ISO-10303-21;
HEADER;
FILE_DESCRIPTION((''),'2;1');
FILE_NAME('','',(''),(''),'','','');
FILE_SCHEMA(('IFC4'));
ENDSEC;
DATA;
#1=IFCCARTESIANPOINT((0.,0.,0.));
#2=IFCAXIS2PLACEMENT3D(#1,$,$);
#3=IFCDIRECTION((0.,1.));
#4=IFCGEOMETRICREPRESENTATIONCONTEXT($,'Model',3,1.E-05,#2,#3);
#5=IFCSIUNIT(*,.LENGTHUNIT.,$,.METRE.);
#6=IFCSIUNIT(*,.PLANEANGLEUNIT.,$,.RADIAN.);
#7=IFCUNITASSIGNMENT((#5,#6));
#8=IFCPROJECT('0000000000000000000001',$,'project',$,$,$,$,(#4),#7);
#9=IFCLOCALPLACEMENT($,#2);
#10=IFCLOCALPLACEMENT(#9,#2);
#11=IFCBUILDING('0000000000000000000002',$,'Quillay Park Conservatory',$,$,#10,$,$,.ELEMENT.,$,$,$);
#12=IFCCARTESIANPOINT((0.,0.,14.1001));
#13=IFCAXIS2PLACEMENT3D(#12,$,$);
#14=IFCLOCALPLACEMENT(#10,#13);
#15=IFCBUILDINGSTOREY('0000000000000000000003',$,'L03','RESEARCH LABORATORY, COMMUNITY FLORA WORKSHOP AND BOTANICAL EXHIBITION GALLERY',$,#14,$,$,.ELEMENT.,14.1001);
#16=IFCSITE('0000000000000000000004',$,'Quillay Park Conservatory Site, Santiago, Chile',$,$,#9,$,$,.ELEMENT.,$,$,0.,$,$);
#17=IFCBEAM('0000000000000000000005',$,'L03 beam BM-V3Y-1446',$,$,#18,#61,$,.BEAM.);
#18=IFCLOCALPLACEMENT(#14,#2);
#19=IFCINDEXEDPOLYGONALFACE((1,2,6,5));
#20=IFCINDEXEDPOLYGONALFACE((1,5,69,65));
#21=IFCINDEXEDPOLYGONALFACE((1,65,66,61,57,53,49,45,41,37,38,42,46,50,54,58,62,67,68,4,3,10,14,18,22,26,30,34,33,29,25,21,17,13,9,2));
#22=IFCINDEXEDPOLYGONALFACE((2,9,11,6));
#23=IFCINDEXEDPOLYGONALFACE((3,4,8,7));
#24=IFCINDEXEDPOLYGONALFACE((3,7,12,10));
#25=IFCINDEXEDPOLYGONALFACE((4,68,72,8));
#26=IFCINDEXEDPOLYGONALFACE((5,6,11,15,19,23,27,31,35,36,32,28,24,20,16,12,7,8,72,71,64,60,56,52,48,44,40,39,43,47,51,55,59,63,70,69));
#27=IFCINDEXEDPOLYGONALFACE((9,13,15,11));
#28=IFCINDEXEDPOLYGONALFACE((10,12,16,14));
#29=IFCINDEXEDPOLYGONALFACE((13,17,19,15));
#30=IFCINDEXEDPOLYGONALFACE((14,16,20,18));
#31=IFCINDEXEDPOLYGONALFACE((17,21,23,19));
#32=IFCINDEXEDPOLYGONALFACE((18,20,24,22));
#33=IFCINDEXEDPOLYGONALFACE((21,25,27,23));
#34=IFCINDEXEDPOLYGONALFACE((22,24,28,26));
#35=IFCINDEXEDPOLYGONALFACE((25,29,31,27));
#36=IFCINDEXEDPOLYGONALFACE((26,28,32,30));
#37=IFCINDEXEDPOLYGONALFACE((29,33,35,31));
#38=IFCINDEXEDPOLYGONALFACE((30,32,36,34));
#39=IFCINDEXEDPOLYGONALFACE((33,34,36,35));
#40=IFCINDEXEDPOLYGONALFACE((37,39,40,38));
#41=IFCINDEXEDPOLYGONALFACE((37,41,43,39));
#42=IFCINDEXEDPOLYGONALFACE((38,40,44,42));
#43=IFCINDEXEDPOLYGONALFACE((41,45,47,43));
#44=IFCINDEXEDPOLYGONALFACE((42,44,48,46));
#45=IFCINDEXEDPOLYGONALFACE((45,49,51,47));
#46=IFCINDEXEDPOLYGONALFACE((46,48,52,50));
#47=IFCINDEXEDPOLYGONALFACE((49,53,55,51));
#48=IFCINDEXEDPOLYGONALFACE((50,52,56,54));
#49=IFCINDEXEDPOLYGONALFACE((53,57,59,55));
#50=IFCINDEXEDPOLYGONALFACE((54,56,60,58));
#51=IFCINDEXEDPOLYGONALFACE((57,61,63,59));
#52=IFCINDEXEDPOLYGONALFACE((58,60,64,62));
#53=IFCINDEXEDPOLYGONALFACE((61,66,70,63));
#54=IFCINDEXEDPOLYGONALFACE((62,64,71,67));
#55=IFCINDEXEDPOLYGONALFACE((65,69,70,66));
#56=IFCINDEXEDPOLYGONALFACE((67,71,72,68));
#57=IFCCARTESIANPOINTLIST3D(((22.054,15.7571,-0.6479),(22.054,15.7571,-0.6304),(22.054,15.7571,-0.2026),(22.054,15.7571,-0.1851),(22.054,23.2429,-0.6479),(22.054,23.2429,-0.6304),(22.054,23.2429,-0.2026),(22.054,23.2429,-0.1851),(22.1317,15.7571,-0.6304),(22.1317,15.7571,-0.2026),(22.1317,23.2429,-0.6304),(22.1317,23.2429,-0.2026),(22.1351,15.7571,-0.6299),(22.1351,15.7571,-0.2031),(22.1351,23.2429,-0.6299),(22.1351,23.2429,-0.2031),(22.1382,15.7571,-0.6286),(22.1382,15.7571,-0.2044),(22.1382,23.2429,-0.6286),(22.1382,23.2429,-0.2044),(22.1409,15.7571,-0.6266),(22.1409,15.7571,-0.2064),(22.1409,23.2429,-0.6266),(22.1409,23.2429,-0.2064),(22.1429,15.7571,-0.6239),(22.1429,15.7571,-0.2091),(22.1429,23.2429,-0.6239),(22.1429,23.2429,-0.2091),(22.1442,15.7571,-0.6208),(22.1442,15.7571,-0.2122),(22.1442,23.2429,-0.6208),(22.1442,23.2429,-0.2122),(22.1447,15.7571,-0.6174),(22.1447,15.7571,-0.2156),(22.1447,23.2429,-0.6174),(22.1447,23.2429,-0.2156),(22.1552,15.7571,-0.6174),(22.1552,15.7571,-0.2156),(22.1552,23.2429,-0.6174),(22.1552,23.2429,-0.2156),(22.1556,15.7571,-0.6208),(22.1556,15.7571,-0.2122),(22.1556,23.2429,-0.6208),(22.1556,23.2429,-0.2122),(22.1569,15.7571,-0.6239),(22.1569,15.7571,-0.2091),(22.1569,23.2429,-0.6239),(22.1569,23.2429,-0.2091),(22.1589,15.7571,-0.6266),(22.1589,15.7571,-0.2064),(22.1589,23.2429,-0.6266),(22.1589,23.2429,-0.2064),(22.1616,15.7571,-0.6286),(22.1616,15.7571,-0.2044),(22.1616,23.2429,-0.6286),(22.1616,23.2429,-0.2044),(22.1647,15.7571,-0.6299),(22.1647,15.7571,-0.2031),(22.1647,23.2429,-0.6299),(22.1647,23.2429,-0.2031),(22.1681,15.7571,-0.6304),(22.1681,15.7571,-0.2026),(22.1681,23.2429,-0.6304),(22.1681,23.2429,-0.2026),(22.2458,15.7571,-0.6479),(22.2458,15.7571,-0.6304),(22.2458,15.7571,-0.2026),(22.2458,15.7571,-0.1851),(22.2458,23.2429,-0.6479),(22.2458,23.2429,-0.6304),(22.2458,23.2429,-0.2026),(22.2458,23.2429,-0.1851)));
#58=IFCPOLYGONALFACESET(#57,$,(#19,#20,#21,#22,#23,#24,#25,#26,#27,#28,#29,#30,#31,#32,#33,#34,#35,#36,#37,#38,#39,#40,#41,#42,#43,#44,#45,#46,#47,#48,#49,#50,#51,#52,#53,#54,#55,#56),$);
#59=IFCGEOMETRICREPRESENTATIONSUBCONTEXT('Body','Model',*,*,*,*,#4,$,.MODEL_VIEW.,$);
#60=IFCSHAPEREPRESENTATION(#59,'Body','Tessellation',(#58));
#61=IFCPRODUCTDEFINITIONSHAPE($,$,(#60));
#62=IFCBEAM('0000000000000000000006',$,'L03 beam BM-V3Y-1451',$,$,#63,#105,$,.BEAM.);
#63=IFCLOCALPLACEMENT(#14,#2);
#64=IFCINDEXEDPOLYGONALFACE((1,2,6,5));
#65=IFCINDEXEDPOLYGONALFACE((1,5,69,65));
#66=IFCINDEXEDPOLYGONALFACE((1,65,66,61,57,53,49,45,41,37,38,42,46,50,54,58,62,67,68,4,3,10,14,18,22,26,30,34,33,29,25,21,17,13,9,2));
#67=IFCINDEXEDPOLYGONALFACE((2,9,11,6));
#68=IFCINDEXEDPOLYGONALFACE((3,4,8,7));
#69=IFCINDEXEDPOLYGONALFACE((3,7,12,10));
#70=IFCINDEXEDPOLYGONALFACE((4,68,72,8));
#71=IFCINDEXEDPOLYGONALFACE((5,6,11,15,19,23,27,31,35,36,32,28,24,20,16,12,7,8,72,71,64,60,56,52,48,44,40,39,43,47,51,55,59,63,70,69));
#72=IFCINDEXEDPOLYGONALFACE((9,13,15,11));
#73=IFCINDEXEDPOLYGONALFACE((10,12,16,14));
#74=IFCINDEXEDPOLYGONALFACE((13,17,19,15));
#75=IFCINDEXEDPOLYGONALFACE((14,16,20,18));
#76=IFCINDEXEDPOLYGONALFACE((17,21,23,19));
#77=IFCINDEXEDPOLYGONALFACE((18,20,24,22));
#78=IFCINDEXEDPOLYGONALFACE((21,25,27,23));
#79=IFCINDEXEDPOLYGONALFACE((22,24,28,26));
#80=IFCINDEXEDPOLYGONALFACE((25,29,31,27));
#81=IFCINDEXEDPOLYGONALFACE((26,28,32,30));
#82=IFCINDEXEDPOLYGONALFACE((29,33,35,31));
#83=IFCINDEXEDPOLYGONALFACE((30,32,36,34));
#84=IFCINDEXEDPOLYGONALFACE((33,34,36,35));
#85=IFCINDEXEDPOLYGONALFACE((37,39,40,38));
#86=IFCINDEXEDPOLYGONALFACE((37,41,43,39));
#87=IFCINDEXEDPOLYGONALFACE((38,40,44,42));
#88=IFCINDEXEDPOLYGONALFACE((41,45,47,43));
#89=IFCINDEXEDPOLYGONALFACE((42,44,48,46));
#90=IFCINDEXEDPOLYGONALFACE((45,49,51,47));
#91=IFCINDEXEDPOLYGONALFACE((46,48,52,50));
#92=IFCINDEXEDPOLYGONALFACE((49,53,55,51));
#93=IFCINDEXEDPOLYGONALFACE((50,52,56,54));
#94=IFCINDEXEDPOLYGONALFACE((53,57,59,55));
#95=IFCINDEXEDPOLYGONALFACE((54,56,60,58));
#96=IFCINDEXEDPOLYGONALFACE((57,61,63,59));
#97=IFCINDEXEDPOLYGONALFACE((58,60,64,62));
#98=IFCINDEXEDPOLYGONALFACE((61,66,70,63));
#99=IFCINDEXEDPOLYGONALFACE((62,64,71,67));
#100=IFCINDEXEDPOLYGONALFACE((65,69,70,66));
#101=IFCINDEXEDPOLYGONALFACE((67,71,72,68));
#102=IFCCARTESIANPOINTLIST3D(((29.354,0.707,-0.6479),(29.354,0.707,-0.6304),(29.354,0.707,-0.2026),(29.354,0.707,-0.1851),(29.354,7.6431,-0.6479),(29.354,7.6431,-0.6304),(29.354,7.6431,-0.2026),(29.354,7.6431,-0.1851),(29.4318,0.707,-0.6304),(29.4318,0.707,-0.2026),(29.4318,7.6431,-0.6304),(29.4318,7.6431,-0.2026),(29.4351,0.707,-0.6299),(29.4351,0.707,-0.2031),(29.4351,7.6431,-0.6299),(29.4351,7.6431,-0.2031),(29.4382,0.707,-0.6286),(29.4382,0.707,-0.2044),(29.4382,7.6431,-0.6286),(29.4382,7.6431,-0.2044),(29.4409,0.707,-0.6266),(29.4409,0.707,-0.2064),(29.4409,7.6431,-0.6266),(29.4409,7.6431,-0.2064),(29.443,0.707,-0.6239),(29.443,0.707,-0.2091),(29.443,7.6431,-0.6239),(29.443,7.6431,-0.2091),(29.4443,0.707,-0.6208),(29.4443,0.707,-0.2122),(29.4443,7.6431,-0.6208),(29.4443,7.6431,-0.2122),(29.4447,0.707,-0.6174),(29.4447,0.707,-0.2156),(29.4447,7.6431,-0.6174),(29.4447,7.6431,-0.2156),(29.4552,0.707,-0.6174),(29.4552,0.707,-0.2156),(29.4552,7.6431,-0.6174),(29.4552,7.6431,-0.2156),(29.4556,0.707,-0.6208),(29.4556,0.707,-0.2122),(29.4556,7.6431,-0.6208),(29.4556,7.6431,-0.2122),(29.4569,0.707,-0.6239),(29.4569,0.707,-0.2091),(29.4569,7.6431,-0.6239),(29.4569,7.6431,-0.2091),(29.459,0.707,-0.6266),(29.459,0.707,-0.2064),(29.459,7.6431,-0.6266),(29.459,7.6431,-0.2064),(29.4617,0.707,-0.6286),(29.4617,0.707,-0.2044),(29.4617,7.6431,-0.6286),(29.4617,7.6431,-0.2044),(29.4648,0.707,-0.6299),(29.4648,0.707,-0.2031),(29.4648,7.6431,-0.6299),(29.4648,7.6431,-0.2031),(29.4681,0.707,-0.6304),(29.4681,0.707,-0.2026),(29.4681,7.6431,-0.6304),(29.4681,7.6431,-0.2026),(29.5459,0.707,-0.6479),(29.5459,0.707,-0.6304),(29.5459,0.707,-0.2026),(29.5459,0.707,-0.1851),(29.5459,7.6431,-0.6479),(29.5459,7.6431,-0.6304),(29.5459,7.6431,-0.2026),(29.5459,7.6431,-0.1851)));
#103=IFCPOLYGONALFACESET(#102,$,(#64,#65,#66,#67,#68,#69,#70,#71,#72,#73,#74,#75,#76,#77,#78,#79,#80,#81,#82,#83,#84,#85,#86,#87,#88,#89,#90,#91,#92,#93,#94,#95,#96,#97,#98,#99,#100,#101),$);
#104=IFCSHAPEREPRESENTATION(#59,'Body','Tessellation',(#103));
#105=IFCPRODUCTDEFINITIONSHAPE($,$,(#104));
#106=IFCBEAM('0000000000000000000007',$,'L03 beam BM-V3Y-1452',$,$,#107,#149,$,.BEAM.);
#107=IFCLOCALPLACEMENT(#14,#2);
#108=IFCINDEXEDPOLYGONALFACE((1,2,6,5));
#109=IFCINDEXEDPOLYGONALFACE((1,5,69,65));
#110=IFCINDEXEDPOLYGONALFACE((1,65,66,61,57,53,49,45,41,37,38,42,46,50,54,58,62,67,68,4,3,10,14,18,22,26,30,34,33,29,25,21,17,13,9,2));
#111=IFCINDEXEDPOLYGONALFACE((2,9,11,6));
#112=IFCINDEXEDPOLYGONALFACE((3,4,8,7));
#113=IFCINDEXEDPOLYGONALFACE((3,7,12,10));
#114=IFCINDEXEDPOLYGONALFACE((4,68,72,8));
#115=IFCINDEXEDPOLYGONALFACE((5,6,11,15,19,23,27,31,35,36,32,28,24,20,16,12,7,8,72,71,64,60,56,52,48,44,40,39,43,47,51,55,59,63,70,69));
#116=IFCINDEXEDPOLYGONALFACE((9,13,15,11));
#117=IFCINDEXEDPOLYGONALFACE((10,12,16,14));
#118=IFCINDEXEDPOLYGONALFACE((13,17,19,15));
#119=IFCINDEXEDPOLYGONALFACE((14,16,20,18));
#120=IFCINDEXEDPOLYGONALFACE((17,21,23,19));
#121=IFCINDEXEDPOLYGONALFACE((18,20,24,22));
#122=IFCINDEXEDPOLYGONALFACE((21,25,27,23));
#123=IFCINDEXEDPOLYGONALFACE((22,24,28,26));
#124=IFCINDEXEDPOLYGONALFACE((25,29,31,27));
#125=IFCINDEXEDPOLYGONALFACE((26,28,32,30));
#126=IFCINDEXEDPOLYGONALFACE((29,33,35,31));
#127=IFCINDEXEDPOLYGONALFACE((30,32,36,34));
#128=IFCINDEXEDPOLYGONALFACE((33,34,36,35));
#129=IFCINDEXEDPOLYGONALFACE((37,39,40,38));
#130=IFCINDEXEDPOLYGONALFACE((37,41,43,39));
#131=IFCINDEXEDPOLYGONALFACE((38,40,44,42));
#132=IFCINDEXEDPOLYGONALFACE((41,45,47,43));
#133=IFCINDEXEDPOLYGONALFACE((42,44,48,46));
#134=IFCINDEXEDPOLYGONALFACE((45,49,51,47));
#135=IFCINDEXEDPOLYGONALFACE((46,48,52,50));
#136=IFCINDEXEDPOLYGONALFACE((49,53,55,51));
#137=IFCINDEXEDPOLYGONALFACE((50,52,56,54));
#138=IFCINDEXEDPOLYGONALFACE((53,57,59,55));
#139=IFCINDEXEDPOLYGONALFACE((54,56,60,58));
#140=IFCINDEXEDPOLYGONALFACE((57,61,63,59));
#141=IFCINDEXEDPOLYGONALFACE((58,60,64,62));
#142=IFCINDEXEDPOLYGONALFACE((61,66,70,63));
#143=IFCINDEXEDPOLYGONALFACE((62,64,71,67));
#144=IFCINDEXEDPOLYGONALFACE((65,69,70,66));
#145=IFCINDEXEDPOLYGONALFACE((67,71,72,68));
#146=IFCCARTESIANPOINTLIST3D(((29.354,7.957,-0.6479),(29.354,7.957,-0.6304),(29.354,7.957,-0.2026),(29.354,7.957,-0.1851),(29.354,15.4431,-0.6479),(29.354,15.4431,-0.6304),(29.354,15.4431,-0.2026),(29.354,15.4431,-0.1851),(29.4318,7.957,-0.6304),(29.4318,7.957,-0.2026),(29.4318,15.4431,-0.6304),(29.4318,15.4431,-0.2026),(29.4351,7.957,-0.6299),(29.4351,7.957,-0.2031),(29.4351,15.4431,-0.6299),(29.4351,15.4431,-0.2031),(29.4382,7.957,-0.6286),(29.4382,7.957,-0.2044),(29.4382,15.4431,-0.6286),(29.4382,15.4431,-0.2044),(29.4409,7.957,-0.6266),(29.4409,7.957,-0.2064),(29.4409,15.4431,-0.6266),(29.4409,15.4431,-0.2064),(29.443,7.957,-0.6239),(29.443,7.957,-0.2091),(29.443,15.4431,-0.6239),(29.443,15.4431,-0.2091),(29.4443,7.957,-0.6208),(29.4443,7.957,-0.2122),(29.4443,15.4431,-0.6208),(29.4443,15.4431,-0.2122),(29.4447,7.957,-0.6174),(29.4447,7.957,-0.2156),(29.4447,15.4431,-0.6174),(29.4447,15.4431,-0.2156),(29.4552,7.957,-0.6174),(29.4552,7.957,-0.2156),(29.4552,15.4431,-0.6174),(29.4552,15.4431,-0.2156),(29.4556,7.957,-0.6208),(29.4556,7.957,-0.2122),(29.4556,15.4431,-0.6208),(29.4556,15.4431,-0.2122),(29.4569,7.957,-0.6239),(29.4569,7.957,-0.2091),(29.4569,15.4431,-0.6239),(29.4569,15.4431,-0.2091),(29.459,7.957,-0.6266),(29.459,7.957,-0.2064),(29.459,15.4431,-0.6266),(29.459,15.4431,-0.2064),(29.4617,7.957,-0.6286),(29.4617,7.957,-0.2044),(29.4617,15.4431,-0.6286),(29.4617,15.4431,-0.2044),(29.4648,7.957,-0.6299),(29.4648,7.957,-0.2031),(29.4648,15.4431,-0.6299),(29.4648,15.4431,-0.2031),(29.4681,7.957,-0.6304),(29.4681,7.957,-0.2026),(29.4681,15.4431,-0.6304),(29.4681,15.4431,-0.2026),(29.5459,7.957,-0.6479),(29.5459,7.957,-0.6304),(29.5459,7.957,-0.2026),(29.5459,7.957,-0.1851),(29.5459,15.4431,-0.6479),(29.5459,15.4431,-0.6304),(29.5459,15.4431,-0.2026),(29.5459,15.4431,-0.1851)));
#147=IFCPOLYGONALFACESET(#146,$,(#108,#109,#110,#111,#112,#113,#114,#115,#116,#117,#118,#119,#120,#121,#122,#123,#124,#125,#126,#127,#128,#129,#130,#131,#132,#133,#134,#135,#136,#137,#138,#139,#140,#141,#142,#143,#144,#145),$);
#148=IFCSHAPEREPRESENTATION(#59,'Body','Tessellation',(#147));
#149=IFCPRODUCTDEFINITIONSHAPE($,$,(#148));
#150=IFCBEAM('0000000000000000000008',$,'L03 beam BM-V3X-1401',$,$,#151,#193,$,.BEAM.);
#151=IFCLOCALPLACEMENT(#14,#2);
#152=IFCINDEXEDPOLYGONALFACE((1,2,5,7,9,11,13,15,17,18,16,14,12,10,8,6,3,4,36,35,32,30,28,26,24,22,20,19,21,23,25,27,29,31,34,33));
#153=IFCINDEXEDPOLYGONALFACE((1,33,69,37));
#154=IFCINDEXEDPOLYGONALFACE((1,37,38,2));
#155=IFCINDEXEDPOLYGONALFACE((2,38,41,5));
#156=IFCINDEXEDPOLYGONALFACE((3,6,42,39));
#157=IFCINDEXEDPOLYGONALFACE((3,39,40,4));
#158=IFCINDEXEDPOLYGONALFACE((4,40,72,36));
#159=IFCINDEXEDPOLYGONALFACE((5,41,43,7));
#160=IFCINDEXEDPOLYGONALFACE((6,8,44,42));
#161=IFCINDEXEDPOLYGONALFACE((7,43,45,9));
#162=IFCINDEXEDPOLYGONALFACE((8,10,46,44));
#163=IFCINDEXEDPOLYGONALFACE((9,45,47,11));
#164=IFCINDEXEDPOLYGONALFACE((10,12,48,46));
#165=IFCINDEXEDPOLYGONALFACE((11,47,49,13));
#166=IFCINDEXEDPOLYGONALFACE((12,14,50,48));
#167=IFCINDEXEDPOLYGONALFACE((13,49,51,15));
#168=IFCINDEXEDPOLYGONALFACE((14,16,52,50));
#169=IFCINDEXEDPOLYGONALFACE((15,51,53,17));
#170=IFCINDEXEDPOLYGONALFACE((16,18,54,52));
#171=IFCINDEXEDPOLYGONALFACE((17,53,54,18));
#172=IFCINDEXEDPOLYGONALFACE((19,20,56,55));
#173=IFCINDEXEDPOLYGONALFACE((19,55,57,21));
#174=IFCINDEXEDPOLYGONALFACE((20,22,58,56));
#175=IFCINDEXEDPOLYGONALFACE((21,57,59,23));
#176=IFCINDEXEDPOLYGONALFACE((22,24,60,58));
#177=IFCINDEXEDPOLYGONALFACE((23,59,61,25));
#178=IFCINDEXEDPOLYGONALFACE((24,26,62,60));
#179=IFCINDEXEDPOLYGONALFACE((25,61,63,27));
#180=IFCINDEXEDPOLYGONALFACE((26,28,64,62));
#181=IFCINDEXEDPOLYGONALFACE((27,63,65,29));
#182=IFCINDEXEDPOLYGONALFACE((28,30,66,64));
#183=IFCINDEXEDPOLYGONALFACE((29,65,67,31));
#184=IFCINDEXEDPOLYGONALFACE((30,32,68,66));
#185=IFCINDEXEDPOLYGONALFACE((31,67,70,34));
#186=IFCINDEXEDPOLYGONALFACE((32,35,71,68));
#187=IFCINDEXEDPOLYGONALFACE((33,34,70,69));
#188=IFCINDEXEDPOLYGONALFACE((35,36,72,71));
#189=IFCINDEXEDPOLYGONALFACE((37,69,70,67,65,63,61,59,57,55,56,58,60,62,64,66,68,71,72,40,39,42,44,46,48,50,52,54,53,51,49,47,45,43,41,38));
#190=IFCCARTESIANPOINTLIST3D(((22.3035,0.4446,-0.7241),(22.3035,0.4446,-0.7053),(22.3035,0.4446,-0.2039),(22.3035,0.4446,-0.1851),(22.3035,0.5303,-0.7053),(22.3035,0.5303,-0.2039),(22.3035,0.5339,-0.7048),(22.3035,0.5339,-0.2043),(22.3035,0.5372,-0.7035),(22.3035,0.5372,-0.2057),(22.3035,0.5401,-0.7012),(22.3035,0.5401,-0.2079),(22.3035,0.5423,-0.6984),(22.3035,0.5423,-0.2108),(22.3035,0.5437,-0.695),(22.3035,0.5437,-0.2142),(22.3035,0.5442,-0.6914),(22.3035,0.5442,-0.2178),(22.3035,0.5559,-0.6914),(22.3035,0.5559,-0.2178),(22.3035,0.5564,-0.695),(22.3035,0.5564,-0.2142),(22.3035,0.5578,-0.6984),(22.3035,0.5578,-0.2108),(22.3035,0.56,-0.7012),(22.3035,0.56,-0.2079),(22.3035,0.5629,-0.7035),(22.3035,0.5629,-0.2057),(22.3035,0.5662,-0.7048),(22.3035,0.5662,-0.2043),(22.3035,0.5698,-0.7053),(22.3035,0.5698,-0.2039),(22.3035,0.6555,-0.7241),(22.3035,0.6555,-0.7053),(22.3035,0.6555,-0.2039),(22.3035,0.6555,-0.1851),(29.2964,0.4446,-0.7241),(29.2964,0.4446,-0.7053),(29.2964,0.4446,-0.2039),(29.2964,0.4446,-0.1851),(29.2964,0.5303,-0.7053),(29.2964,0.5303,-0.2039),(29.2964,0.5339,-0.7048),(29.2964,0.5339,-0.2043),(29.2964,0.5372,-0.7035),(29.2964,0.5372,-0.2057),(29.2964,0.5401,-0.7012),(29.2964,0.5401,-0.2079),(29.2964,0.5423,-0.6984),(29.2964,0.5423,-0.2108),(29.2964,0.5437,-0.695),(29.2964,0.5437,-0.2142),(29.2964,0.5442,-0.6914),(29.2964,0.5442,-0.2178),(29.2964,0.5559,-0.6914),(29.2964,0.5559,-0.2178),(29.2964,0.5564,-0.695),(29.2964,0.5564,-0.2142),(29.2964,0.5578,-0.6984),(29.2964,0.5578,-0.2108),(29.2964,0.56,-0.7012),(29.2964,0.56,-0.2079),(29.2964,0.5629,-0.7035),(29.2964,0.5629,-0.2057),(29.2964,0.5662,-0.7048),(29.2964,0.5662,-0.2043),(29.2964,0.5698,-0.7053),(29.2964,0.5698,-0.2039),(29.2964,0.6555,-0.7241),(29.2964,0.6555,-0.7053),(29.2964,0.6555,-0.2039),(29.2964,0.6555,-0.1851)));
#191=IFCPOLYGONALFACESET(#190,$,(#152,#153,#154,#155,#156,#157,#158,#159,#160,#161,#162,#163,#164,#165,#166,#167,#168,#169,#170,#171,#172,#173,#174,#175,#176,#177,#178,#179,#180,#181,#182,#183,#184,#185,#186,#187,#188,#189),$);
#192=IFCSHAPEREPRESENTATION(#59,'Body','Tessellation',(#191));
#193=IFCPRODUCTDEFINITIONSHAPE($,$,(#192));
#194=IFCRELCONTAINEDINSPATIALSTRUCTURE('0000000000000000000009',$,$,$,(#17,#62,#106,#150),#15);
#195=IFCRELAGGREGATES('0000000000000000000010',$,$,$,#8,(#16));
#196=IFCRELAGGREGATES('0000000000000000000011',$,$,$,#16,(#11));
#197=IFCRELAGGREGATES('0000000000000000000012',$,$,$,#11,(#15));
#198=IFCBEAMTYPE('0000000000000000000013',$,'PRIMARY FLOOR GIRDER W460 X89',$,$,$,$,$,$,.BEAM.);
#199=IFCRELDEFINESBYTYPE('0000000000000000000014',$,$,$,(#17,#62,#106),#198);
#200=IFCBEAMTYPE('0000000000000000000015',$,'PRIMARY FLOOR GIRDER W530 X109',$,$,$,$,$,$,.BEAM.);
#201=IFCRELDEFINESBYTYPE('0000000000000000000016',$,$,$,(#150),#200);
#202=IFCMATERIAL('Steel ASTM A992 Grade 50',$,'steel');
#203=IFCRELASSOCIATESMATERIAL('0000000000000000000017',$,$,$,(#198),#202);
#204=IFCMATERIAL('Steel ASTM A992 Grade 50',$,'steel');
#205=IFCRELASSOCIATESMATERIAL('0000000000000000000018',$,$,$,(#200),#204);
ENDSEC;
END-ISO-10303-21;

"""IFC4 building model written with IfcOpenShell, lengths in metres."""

from ifc_helpers import new_model, si_unit, direction, frame, origin, origin_2d, place, context, subcontext, project, spatial, i_section, extrude, material, material_profile, profile_set, type_object, element, save


model = new_model("IFC4")

# Units and contexts
model_context = context("Model", 3, precision=1e-05, world=origin(), true_north=direction((0.0, 1.0)))
body_context = subcontext(model_context, "Body", "Model", "MODEL_VIEW")
ifc_project = project(units=[si_unit("LENGTHUNIT", "METRE"), si_unit("PLANEANGLEUNIT", "RADIAN")], contexts=[model_context])

# Site, building, storey
site_placement = place(None, origin())
site = spatial("IfcSite", under=ifc_project, at=site_placement, Name="Quillay Park Conservatory Site, Santiago, Chile", CompositionType="ELEMENT", RefElevation=0.0)
building_placement = place(site_placement, origin())
building = spatial("IfcBuilding", under=site, at=building_placement, Name="Quillay Park Conservatory", CompositionType="ELEMENT")
storey_placement = place(building_placement, frame((0.0, 0.0, 14.1001)))
storey = spatial("IfcBuildingStorey", under=building, at=storey_placement, Name="L03", Description="RESEARCH LABORATORY, COMMUNITY FLORA WORKSHOP AND BOTANICAL EXHIBITION GALLERY", CompositionType="ELEMENT", Elevation=14.1001)

# Beams
ifc_material_1 = material(Name="Steel ASTM A992 Grade 50", Category="steel")
ifc_material_profile_1 = material_profile(ifc_material_1, i_section(OverallWidth=0.1919, OverallDepth=0.4629, WebThickness=0.0105, FlangeThickness=0.0176, FilletRadius=0.0129, at=origin_2d()), Name="W460x89")
ifc_profile_set_1 = profile_set([ifc_material_profile_1], Name="Steel ASTM A992 Grade 50")
beam_type_1 = type_object("IfcBeamType", Name="PRIMARY FLOOR GIRDER W460 X89", PredefinedType="BEAM", material=ifc_profile_set_1)
beam_1_placement = place(storey_placement, frame((22.1499, 15.7571, -0.4165), z_axis=(0.0, 1.0, 0.0), x_axis=(-1.0, 0.0, 0.0)))
element("IfcBeam", 1, at=beam_1_placement, inside=storey, type_object=beam_type_1, Name="L03 beam BM-V3Y-1446", PredefinedType="BEAM", context=body_context, shape_type="SweptSolid", body=[
    extrude(i_section(OverallWidth=0.1919, OverallDepth=0.4629, WebThickness=0.0105, FlangeThickness=0.0176, FilletRadius=0.0129, at=origin_2d()), origin(), (0.0, 0.0, 1.0), 7.4858),
])
beam_2_placement = place(storey_placement, frame((29.45, 0.707, -0.4165), z_axis=(0.0, 1.0, 0.0), x_axis=(-1.0, 0.0, 0.0)))
element("IfcBeam", 2, at=beam_2_placement, inside=storey, type_object=beam_type_1, Name="L03 beam BM-V3Y-1451", PredefinedType="BEAM", context=body_context, shape_type="SweptSolid", body=[
    extrude(i_section(OverallWidth=0.1919, OverallDepth=0.4629, WebThickness=0.0105, FlangeThickness=0.0176, FilletRadius=0.0129, at=origin_2d()), origin(), (0.0, 0.0, 1.0), 6.936),
])
beam_3_placement = place(storey_placement, frame((29.45, 7.957, -0.4165), z_axis=(0.0, 1.0, 0.0), x_axis=(-1.0, 0.0, 0.0)))
element("IfcBeam", 3, at=beam_3_placement, inside=storey, type_object=beam_type_1, Name="L03 beam BM-V3Y-1452", PredefinedType="BEAM", context=body_context, shape_type="SweptSolid", body=[
    extrude(i_section(OverallWidth=0.1919, OverallDepth=0.4629, WebThickness=0.0105, FlangeThickness=0.0176, FilletRadius=0.0129, at=origin_2d()), origin(), (0.0, 0.0, 1.0), 7.4861),
])
ifc_material_2 = material(Name="Steel ASTM A992 Grade 50", Category="steel")
ifc_material_profile_2 = material_profile(ifc_material_2, i_section(OverallWidth=0.2109, OverallDepth=0.5391, WebThickness=0.0117, FlangeThickness=0.0188, FilletRadius=0.0139, at=origin_2d()), Name="W530x109")
ifc_profile_set_2 = profile_set([ifc_material_profile_2], Name="Steel ASTM A992 Grade 50")
beam_type_2 = type_object("IfcBeamType", Name="PRIMARY FLOOR GIRDER W530 X109", PredefinedType="BEAM", material=ifc_profile_set_2)
for number, where, z_axis, x_axis, name in (
    (4, (22.3035, 0.55, -0.4546), (1.0, 0.0, 0.0), (0.0, 1.0, 0.0), "L03 beam BM-V3X-1401"),
):
    element("IfcBeam", number, at=place(storey_placement, frame(where, z_axis=z_axis, x_axis=x_axis)), inside=storey, type_object=beam_type_2, Name=name, PredefinedType="BEAM", context=body_context, shape_type="SweptSolid", body=[
        extrude(i_section(OverallWidth=0.2109, OverallDepth=0.5391, WebThickness=0.0117, FlangeThickness=0.0188, FilletRadius=0.0139, at=origin_2d()), origin(), (0.0, 0.0, 1.0), 6.9929),
    ])

save(model, "model.ifc")
